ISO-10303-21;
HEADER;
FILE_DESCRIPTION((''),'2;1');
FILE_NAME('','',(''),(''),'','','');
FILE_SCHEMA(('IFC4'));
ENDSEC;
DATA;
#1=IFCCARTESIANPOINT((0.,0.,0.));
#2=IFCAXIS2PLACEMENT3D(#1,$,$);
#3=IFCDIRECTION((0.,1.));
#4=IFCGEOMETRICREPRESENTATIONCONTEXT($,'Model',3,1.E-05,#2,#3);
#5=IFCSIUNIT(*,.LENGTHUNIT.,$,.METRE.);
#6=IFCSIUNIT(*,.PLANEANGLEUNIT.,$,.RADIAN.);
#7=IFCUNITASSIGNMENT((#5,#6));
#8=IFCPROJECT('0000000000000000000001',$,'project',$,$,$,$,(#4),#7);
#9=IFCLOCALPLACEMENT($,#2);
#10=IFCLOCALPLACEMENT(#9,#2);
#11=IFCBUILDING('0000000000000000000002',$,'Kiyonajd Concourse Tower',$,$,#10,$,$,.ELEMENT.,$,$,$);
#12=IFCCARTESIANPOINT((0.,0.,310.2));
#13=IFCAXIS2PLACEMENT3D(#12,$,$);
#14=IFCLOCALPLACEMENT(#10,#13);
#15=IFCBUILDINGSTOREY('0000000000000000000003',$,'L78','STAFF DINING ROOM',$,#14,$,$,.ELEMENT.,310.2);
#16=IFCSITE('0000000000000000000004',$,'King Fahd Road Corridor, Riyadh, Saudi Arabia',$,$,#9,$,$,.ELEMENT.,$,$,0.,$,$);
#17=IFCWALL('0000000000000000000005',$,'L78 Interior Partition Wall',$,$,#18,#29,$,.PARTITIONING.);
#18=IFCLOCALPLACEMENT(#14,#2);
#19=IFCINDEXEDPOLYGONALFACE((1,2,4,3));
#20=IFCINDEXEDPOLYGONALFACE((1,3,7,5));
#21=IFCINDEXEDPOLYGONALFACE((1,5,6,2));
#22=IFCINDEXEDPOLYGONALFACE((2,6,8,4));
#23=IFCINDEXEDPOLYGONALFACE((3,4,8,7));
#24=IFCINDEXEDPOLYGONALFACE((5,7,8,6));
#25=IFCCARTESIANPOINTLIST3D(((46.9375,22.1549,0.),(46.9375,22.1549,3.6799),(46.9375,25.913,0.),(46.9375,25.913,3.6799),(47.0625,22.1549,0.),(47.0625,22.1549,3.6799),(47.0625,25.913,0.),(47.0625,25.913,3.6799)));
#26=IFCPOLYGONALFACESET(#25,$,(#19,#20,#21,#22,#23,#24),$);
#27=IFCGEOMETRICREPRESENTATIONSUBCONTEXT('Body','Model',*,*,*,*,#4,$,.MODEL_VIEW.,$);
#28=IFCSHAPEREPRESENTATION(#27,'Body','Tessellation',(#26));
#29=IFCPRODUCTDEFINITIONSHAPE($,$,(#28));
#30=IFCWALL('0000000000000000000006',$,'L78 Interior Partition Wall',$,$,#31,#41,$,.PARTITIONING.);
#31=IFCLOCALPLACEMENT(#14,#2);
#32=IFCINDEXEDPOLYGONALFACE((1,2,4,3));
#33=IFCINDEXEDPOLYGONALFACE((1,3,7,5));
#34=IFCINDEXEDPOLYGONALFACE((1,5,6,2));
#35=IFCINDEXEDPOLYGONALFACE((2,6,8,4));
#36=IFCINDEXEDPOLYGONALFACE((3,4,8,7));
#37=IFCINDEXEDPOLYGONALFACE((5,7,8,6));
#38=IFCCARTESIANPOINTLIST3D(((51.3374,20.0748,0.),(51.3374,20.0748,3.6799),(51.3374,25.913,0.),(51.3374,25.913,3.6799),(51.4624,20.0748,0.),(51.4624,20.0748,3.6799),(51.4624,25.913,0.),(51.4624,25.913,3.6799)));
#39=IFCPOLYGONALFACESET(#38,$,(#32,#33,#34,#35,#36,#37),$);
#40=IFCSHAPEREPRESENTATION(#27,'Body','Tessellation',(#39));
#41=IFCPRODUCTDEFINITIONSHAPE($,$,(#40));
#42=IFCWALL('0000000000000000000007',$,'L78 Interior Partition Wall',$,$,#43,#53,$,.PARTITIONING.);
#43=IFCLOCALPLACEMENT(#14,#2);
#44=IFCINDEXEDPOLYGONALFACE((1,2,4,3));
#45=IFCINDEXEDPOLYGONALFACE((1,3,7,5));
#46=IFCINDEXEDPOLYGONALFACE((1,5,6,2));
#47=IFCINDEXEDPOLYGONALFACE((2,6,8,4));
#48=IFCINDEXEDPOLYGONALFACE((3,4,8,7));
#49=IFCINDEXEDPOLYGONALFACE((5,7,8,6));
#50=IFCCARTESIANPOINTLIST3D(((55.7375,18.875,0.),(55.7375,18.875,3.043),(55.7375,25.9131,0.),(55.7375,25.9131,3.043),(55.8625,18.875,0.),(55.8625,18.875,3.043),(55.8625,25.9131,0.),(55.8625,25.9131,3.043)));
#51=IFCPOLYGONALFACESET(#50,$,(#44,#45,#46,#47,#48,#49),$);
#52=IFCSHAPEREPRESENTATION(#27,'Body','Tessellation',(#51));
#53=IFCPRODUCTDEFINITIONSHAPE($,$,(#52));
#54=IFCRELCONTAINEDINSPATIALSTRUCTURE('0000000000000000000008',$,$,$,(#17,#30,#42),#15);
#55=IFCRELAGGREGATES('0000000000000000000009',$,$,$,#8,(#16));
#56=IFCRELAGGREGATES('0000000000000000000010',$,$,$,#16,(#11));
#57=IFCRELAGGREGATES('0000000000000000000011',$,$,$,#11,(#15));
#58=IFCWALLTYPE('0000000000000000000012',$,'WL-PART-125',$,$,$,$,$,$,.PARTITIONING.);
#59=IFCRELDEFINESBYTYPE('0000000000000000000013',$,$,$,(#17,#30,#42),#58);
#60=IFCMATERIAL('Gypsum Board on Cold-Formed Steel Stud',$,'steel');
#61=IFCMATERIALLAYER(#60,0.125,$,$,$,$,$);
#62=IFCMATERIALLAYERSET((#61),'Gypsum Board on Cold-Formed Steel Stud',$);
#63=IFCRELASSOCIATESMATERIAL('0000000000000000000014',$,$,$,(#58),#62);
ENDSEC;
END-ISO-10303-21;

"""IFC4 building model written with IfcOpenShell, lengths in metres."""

from ifc_helpers import new_model, si_unit, direction, frame, frame_2d, origin, place, context, subcontext, project, spatial, rectangle, extrude, material, layer, layer_set, type_object, element, save


model = new_model("IFC4")

# Units and contexts
model_context = context("Model", 3, precision=1e-05, world=origin(), true_north=direction((0.0, 1.0)))
body_context = subcontext(model_context, "Body", "Model", "MODEL_VIEW")
ifc_project = project(units=[si_unit("LENGTHUNIT", "METRE"), si_unit("PLANEANGLEUNIT", "RADIAN")], contexts=[model_context])

# Site, building, storey
site_placement = place(None, origin())
site = spatial("IfcSite", under=ifc_project, at=site_placement, Name="King Fahd Road Corridor, Riyadh, Saudi Arabia", CompositionType="ELEMENT", RefElevation=0.0)
building_placement = place(site_placement, origin())
building = spatial("IfcBuilding", under=site, at=building_placement, Name="Kiyonajd Concourse Tower", CompositionType="ELEMENT")
storey_placement = place(building_placement, frame((0.0, 0.0, 310.2)))
storey = spatial("IfcBuildingStorey", under=building, at=storey_placement, Name="L78", Description="STAFF DINING ROOM", CompositionType="ELEMENT", Elevation=310.2)

# Walls
ifc_material_1 = material(Name="Gypsum Board on Cold-Formed Steel Stud", Category="steel")
ifc_layer_1 = layer(ifc_material_1, 0.125)
ifc_layer_set_1 = layer_set([ifc_layer_1], Name="Gypsum Board on Cold-Formed Steel Stud")
wall_type_1 = type_object("IfcWallType", Name="WL-PART-125", PredefinedType="PARTITIONING", material=ifc_layer_set_1)
wall_1_placement = place(storey_placement, frame((47.0, 22.155, 0.0), z_axis=(0.0, 0.0, 1.0), x_axis=(0.0, 1.0, 0.0)))
element("IfcWall", 1, at=wall_1_placement, inside=storey, type_object=wall_type_1, Name="L78 Interior Partition Wall", PredefinedType="PARTITIONING", context=body_context, shape_type="SweptSolid", body=[
    extrude(rectangle(XDim=3.7581, YDim=0.125, at=frame_2d((1.8789, 0.0))), origin(), (0.0, 0.0, 1.0), 3.6799),
])
wall_2_placement = place(storey_placement, frame((51.3999, 20.075, 0.0), z_axis=(0.0, 0.0, 1.0), x_axis=(0.0, 1.0, 0.0)))
element("IfcWall", 2, at=wall_2_placement, inside=storey, type_object=wall_type_1, Name="L78 Interior Partition Wall", PredefinedType="PARTITIONING", context=body_context, shape_type="SweptSolid", body=[
    extrude(rectangle(XDim=5.8381, YDim=0.125, at=frame_2d((2.9189, 0.0))), origin(), (0.0, 0.0, 1.0), 3.6799),
])
wall_3_placement = place(storey_placement, frame((55.8, 18.875, 0.0), z_axis=(0.0, 0.0, 1.0), x_axis=(0.0, 1.0, 0.0)))
element("IfcWall", 3, at=wall_3_placement, inside=storey, type_object=wall_type_1, Name="L78 Interior Partition Wall", PredefinedType="PARTITIONING", context=body_context, shape_type="SweptSolid", body=[
    extrude(rectangle(XDim=7.0381, YDim=0.125, at=frame_2d((3.519, 0.0))), origin(), (0.0, 0.0, 1.0), 3.043),
])

save(model, "model.ifc")
